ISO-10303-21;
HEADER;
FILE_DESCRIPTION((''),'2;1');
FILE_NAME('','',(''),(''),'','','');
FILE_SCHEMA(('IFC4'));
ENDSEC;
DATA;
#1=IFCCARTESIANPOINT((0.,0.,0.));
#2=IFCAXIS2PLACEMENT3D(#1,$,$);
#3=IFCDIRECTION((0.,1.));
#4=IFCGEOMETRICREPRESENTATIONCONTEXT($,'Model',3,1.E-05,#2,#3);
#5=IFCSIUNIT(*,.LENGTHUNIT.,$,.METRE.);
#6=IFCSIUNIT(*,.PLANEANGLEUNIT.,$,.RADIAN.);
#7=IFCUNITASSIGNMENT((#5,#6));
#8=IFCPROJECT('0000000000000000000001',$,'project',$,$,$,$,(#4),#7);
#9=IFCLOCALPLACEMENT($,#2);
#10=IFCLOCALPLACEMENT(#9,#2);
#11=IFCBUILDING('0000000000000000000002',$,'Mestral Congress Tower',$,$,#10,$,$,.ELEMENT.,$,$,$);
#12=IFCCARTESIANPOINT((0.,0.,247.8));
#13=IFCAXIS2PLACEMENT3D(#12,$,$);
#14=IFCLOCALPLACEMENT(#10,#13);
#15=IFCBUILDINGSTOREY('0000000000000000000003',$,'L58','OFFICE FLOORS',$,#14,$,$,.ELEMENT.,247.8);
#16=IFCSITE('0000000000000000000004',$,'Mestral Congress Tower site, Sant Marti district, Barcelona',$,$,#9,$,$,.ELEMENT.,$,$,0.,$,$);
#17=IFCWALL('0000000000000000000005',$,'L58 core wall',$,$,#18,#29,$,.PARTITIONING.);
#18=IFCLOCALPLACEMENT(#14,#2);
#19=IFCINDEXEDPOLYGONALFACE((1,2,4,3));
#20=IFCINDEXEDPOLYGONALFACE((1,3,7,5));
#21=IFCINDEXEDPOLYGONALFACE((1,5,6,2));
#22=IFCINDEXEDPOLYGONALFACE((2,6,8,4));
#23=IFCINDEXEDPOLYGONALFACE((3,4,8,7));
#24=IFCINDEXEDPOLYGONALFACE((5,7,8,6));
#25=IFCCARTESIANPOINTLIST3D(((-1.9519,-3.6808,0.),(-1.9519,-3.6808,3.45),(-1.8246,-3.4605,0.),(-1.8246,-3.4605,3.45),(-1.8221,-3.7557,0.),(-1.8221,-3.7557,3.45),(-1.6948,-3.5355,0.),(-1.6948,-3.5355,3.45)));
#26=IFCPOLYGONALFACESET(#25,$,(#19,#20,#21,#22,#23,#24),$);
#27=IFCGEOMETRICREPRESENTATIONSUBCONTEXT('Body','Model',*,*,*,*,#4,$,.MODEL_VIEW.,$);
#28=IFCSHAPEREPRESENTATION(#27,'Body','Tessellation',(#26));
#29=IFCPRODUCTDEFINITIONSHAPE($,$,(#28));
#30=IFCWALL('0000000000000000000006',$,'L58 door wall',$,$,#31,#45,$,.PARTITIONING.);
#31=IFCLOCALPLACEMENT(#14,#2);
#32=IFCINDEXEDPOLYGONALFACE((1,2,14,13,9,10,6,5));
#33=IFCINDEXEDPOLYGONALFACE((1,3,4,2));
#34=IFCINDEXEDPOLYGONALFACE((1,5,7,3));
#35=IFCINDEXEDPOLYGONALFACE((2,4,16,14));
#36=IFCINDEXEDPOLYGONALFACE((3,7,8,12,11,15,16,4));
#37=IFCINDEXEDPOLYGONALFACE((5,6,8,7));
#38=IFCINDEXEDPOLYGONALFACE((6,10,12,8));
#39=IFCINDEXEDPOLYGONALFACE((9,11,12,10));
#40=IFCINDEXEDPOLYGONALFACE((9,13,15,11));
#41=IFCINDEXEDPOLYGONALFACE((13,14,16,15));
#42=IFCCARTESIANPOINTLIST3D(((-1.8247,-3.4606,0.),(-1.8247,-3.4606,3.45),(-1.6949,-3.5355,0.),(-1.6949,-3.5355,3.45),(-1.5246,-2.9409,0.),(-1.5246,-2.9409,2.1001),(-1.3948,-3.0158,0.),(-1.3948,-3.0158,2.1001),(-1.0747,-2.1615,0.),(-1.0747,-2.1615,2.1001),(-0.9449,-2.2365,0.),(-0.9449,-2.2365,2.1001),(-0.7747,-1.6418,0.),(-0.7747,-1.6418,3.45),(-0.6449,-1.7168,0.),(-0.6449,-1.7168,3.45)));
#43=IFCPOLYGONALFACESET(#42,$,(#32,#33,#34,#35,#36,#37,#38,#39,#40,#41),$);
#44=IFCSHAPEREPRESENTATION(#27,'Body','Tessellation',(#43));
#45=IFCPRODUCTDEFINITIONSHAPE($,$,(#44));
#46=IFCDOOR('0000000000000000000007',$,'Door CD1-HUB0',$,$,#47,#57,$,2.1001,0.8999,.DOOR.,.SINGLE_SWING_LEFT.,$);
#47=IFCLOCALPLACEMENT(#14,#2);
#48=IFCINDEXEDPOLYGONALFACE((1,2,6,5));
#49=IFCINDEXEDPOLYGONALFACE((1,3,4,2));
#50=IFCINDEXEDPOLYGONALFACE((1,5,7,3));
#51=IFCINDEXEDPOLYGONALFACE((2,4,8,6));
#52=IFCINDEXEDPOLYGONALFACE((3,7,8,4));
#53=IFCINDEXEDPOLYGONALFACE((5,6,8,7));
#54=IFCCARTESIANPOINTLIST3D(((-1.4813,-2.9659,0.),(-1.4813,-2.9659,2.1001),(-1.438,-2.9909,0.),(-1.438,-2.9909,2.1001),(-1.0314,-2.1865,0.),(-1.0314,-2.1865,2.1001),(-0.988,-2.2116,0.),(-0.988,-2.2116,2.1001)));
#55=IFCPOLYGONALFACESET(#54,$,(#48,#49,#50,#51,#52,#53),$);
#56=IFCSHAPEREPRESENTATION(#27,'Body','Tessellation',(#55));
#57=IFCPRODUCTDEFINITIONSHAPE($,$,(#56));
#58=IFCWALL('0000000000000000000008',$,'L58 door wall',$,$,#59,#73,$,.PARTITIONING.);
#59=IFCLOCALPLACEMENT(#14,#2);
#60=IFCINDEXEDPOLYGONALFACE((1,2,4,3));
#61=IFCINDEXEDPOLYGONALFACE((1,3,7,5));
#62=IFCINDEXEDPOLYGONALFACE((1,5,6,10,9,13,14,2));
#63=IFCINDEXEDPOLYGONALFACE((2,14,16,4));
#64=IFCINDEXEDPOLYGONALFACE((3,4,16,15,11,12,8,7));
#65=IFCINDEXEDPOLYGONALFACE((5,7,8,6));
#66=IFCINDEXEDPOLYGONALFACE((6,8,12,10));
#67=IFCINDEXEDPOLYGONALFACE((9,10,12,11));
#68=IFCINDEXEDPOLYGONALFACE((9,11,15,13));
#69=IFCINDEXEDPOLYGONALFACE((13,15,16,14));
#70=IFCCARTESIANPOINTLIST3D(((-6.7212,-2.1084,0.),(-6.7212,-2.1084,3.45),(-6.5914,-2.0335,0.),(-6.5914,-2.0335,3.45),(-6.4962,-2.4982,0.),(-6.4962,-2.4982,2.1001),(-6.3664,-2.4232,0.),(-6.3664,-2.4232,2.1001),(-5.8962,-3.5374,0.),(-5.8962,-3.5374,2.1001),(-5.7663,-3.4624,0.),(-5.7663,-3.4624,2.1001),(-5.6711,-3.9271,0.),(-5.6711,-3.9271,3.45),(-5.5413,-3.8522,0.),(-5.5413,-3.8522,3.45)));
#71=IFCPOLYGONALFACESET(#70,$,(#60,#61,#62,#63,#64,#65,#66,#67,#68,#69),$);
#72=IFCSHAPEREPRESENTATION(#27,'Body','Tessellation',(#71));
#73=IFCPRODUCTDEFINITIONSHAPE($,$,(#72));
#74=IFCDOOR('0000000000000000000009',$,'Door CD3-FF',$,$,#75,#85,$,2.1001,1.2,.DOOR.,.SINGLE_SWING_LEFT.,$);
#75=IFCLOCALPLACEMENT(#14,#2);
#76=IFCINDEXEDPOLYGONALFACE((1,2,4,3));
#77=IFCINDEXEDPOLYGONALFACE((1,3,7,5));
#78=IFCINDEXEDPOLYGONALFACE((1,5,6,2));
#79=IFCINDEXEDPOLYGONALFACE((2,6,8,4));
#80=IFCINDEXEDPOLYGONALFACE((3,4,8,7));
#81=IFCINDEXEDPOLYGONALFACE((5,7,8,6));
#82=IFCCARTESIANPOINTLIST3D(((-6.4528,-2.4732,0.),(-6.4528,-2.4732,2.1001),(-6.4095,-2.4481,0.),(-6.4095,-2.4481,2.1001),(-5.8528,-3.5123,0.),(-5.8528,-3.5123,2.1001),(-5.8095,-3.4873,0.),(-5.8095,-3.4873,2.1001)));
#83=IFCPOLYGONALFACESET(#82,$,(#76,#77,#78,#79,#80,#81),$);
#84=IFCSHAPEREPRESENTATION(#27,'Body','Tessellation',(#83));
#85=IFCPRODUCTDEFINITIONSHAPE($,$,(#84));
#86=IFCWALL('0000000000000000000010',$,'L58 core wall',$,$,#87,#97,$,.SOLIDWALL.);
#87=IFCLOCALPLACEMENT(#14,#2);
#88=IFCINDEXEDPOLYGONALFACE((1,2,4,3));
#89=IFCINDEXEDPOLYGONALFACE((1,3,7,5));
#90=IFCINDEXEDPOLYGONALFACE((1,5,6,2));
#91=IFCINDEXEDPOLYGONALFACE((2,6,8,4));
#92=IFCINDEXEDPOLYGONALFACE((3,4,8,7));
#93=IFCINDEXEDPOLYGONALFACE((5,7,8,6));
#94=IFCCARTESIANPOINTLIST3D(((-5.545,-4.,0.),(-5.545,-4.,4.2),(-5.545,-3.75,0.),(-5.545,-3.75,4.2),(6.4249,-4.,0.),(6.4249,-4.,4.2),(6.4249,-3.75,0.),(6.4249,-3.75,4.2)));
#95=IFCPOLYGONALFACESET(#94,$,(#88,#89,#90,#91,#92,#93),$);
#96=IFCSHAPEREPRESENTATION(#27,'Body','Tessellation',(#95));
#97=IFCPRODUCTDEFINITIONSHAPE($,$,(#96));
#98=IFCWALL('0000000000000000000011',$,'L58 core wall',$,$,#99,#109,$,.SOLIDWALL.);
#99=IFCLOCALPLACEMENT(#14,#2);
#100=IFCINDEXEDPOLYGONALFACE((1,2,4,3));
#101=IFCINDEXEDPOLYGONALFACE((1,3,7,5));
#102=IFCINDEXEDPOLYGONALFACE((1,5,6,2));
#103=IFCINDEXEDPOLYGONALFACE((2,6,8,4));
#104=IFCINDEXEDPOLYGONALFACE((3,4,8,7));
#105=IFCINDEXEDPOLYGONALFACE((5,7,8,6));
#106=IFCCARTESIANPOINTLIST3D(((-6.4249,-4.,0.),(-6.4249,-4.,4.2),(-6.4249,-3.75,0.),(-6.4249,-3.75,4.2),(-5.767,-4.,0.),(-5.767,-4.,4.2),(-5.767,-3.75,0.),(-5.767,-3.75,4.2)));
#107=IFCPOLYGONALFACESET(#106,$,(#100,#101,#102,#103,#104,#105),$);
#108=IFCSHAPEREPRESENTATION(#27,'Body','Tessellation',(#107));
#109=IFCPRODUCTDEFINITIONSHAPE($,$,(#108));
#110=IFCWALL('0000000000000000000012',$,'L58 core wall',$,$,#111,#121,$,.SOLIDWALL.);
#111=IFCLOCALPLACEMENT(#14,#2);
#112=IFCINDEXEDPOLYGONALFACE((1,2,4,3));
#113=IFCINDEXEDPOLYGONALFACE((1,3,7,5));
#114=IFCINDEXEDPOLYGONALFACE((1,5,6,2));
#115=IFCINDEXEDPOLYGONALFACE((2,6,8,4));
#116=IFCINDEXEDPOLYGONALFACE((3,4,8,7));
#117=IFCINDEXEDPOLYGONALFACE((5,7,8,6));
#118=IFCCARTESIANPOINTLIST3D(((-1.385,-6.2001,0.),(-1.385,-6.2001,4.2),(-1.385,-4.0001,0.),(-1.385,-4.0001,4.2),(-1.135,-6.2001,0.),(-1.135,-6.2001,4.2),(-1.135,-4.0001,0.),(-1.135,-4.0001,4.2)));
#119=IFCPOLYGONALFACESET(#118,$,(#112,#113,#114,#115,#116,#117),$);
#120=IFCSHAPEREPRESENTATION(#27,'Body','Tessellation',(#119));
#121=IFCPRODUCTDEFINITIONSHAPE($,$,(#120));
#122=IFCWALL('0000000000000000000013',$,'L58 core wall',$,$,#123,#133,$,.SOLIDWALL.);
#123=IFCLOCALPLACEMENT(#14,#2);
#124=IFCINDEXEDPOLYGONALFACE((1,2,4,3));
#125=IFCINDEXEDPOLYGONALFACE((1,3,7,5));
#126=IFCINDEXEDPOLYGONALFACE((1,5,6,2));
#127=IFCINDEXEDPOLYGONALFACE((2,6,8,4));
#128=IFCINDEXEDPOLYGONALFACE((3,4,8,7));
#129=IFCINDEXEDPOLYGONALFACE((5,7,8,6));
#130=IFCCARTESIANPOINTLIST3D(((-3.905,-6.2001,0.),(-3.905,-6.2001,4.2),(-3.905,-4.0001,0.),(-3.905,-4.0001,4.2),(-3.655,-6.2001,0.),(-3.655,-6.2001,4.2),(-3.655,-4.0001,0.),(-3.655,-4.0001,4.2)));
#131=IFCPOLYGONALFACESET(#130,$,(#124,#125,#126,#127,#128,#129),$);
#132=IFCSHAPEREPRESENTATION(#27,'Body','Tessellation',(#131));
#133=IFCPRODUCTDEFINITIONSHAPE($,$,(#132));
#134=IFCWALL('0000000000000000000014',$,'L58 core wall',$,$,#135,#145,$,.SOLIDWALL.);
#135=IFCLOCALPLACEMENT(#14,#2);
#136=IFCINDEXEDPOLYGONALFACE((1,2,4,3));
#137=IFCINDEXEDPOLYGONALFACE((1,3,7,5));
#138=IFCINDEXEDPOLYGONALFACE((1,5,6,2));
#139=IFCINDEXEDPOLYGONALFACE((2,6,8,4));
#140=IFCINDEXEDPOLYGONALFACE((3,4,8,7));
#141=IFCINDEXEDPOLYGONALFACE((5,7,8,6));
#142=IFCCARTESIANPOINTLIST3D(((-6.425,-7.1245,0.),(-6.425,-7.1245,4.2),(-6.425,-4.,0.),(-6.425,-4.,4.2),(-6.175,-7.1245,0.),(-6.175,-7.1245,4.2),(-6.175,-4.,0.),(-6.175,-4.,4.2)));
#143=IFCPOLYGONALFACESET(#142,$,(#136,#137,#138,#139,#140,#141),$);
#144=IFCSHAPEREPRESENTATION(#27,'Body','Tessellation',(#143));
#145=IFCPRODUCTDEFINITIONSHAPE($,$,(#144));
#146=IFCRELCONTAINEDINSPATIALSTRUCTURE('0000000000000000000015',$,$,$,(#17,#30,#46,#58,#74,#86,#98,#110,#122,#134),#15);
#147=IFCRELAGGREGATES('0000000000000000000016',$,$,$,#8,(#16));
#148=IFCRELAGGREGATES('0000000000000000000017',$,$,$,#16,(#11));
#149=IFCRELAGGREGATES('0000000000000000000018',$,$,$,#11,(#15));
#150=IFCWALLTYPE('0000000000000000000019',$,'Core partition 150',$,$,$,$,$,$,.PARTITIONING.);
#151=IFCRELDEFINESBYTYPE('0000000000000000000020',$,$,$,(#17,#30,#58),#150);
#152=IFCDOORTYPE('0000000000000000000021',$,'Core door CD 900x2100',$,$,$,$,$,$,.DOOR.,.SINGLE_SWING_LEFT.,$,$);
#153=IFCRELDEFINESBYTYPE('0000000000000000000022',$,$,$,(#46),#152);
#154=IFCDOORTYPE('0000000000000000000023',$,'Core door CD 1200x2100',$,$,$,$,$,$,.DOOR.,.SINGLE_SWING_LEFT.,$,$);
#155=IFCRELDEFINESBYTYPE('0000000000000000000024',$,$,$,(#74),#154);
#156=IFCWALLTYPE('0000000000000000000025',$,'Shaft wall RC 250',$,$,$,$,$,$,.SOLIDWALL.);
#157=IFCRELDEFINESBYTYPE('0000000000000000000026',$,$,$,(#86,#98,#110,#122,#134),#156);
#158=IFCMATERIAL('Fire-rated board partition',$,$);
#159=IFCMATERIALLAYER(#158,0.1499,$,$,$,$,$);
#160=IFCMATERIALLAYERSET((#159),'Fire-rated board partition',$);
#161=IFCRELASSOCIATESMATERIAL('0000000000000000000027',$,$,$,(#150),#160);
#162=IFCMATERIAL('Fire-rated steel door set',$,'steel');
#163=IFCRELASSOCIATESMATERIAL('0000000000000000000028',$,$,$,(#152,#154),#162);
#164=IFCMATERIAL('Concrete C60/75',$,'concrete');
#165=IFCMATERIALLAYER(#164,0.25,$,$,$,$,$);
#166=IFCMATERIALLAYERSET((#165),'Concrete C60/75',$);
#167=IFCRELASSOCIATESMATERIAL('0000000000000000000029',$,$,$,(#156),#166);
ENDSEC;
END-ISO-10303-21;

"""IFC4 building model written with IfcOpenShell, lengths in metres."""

from ifc_helpers import new_model, si_unit, direction, frame, frame_2d, origin, place, context, subcontext, project, spatial, rectangle, extrude, material, layer, layer_set, type_object, element, fill, save


model = new_model("IFC4")

# Units and contexts
model_context = context("Model", 3, precision=1e-05, world=origin(), true_north=direction((0.0, 1.0)))
body_context = subcontext(model_context, "Body", "Model", "MODEL_VIEW")
ifc_project = project(units=[si_unit("LENGTHUNIT", "METRE"), si_unit("PLANEANGLEUNIT", "RADIAN")], contexts=[model_context])

# Site, building, storey
site_placement = place(None, origin())
site = spatial("IfcSite", under=ifc_project, at=site_placement, Name="Mestral Congress Tower site, Sant Marti district, Barcelona", CompositionType="ELEMENT", RefElevation=0.0)
building_placement = place(site_placement, origin())
building = spatial("IfcBuilding", under=site, at=building_placement, Name="Mestral Congress Tower", CompositionType="ELEMENT")
storey_placement = place(building_placement, frame((0.0, 0.0, 247.8)))
storey = spatial("IfcBuildingStorey", under=building, at=storey_placement, Name="L58", Description="OFFICE FLOORS", CompositionType="ELEMENT", Elevation=247.8)

# Wall
ifc_material_1 = material(Name="Fire-rated board partition")
ifc_layer_1 = layer(ifc_material_1, 0.1499)
ifc_layer_set_1 = layer_set([ifc_layer_1], Name="Fire-rated board partition")
wall_type_1 = type_object("IfcWallType", Name="Core partition 150", PredefinedType="PARTITIONING", material=ifc_layer_set_1)
wall_1_placement = place(storey_placement, frame((-1.887, -3.7183, 0.0), z_axis=(0.0, 0.0, 1.0), x_axis=(0.500166, 0.86593, 0.0)))
element("IfcWall", 1, at=wall_1_placement, inside=storey, type_object=wall_type_1, Name="L58 core wall", PredefinedType="PARTITIONING", context=body_context, shape_type="SweptSolid", body=[
    extrude(rectangle(XDim=0.2544, YDim=0.1499, at=frame_2d((0.1272, 0.0))), origin(), (0.0, 0.0, 1.0), 3.45),
])

# Walls, openings, doors
wall_2_placement = place(storey_placement, frame((-1.7598, -3.498, 0.0), z_axis=(0.0, 0.0, 1.0), x_axis=(0.499977, 0.866038, 0.0)))
wall_2 = element("IfcWall", 2, at=wall_2_placement, inside=storey, type_object=wall_type_1, Name="L58 door wall", PredefinedType="PARTITIONING", context=body_context, shape_type="SweptSolid", body=[
    extrude(rectangle(XDim=2.1001, YDim=0.1499, at=frame_2d((1.05, 0.0))), origin(), (0.0, 0.0, 1.0), 3.45),
])
opening_1_placement = place(wall_2_placement, frame((0.6001, 0.0, 0.0)))
opening_1 = element("IfcOpeningElement", 3, at=opening_1_placement, cuts=wall_2, PredefinedType="OPENING", context=body_context, shape_type="SweptSolid", body=[
    extrude(rectangle(XDim=0.8999, YDim=2.1001, at=frame_2d((0.45, 1.05))), frame((0.0, 0.085, 0.0), z_axis=(0.0, -1.0, 0.0), x_axis=(1.0, 0.0, 0.0)), (0.0, 0.0, 1.0), 0.1699),
])
ifc_material_2 = material(Name="Fire-rated steel door set", Category="steel")
door_type_1 = type_object("IfcDoorType", Name="Core door CD 900x2100", OperationType="SINGLE_SWING_LEFT", PredefinedType="DOOR", material=ifc_material_2)
door_1_placement = place(opening_1_placement, origin())
door_1 = element("IfcDoor", 4, at=door_1_placement, inside=storey, type_object=door_type_1, Name="Door CD1-HUB0", OperationType="SINGLE_SWING_LEFT", OverallHeight=2.1001, OverallWidth=0.8999, PredefinedType="DOOR", context=body_context, shape_type="SweptSolid", body=[
    extrude(rectangle(XDim=0.8999, YDim=2.1001, at=frame_2d((0.45, 1.05))), frame((0.0, 0.0249, 0.0), z_axis=(0.0, -1.0, 0.0), x_axis=(1.0, 0.0, 0.0)), (0.0, 0.0, 1.0), 0.05),
])
fill(opening_1, door_1)
wall_3_placement = place(storey_placement, frame((-5.6062, -3.8896, 0.0), z_axis=(0.0, 0.0, 1.0), x_axis=(-0.500028, 0.866009, 0.0)))
wall_3 = element("IfcWall", 5, at=wall_3_placement, inside=storey, type_object=wall_type_1, Name="L58 door wall", PredefinedType="PARTITIONING", context=body_context, shape_type="SweptSolid", body=[
    extrude(rectangle(XDim=2.1001, YDim=0.1499, at=frame_2d((1.05, 0.0))), origin(), (0.0, 0.0, 1.0), 3.45),
])
opening_2_placement = place(wall_3_placement, frame((0.45, 0.0, 0.0)))
opening_2 = element("IfcOpeningElement", 6, at=opening_2_placement, cuts=wall_3, PredefinedType="OPENING", context=body_context, shape_type="SweptSolid", body=[
    extrude(rectangle(XDim=1.2, YDim=2.1001, at=frame_2d((0.6001, 1.05))), frame((0.0, 0.085, 0.0), z_axis=(0.0, -1.0, 0.0), x_axis=(1.0, 0.0, 0.0)), (0.0, 0.0, 1.0), 0.1699),
])
door_type_2 = type_object("IfcDoorType", Name="Core door CD 1200x2100", OperationType="SINGLE_SWING_LEFT", PredefinedType="DOOR", material=ifc_material_2)
door_2_placement = place(opening_2_placement, origin())
door_2 = element("IfcDoor", 7, at=door_2_placement, inside=storey, type_object=door_type_2, Name="Door CD3-FF", OperationType="SINGLE_SWING_LEFT", OverallHeight=2.1001, OverallWidth=1.2, PredefinedType="DOOR", context=body_context, shape_type="SweptSolid", body=[
    extrude(rectangle(XDim=1.2, YDim=2.1001, at=frame_2d((0.6001, 1.05))), frame((0.0, 0.0249, 0.0), z_axis=(0.0, -1.0, 0.0), x_axis=(1.0, 0.0, 0.0)), (0.0, 0.0, 1.0), 0.05),
])
fill(opening_2, door_2)

# Walls
ifc_material_3 = material(Name="Concrete C60/75", Category="concrete")
ifc_layer_2 = layer(ifc_material_3, 0.25)
ifc_layer_set_2 = layer_set([ifc_layer_2], Name="Concrete C60/75")
wall_type_2 = type_object("IfcWallType", Name="Shaft wall RC 250", PredefinedType="SOLIDWALL", material=ifc_layer_set_2)
wall_4_placement = place(storey_placement, frame((-5.5449, -3.875, 0.0), z_axis=(0.0, 0.0, 1.0), x_axis=(1.0, 0.0, 0.0)))
element("IfcWall", 8, at=wall_4_placement, inside=storey, type_object=wall_type_2, Name="L58 core wall", PredefinedType="SOLIDWALL", context=body_context, shape_type="SweptSolid", body=[
    extrude(rectangle(XDim=11.97, YDim=0.25, at=frame_2d((5.9849, 0.0))), origin(), (0.0, 0.0, 1.0), 4.2),
])
wall_5_placement = place(storey_placement, frame((-6.425, -3.875, 0.0), z_axis=(0.0, 0.0, 1.0), x_axis=(1.0, 0.0, 0.0)))
element("IfcWall", 9, at=wall_5_placement, inside=storey, type_object=wall_type_2, Name="L58 core wall", PredefinedType="SOLIDWALL", context=body_context, shape_type="SweptSolid", body=[
    extrude(rectangle(XDim=0.658, YDim=0.25, at=frame_2d((0.3291, 0.0))), origin(), (0.0, 0.0, 1.0), 4.2),
])
for number, where, z_axis, x_axis, name in (
    (10, (-1.26, -4.0, 0.0), (0.0, 0.0, 1.0), (0.0, -1.0, 0.0), "L58 core wall"),
    (11, (-3.78, -4.0, 0.0), (0.0, 0.0, 1.0), (0.0, -1.0, 0.0), "L58 core wall"),
):
    element("IfcWall", number, at=place(storey_placement, frame(where, z_axis=z_axis, x_axis=x_axis)), inside=storey, type_object=wall_type_2, Name=name, PredefinedType="SOLIDWALL", context=body_context, shape_type="SweptSolid", body=[
        extrude(rectangle(XDim=2.2, YDim=0.25, at=frame_2d((1.1001, 0.0))), origin(), (0.0, 0.0, 1.0), 4.2),
    ])
wall_6_placement = place(storey_placement, frame((-6.3, -7.1245, 0.0), z_axis=(0.0, 0.0, 1.0), x_axis=(0.0, 1.0, 0.0)))
element("IfcWall", 12, at=wall_6_placement, inside=storey, type_object=wall_type_2, Name="L58 core wall", PredefinedType="SOLIDWALL", context=body_context, shape_type="SweptSolid", body=[
    extrude(rectangle(XDim=3.1245, YDim=0.25, at=frame_2d((1.5623, 0.0))), origin(), (0.0, 0.0, 1.0), 4.2),
])

save(model, "model.ifc")
